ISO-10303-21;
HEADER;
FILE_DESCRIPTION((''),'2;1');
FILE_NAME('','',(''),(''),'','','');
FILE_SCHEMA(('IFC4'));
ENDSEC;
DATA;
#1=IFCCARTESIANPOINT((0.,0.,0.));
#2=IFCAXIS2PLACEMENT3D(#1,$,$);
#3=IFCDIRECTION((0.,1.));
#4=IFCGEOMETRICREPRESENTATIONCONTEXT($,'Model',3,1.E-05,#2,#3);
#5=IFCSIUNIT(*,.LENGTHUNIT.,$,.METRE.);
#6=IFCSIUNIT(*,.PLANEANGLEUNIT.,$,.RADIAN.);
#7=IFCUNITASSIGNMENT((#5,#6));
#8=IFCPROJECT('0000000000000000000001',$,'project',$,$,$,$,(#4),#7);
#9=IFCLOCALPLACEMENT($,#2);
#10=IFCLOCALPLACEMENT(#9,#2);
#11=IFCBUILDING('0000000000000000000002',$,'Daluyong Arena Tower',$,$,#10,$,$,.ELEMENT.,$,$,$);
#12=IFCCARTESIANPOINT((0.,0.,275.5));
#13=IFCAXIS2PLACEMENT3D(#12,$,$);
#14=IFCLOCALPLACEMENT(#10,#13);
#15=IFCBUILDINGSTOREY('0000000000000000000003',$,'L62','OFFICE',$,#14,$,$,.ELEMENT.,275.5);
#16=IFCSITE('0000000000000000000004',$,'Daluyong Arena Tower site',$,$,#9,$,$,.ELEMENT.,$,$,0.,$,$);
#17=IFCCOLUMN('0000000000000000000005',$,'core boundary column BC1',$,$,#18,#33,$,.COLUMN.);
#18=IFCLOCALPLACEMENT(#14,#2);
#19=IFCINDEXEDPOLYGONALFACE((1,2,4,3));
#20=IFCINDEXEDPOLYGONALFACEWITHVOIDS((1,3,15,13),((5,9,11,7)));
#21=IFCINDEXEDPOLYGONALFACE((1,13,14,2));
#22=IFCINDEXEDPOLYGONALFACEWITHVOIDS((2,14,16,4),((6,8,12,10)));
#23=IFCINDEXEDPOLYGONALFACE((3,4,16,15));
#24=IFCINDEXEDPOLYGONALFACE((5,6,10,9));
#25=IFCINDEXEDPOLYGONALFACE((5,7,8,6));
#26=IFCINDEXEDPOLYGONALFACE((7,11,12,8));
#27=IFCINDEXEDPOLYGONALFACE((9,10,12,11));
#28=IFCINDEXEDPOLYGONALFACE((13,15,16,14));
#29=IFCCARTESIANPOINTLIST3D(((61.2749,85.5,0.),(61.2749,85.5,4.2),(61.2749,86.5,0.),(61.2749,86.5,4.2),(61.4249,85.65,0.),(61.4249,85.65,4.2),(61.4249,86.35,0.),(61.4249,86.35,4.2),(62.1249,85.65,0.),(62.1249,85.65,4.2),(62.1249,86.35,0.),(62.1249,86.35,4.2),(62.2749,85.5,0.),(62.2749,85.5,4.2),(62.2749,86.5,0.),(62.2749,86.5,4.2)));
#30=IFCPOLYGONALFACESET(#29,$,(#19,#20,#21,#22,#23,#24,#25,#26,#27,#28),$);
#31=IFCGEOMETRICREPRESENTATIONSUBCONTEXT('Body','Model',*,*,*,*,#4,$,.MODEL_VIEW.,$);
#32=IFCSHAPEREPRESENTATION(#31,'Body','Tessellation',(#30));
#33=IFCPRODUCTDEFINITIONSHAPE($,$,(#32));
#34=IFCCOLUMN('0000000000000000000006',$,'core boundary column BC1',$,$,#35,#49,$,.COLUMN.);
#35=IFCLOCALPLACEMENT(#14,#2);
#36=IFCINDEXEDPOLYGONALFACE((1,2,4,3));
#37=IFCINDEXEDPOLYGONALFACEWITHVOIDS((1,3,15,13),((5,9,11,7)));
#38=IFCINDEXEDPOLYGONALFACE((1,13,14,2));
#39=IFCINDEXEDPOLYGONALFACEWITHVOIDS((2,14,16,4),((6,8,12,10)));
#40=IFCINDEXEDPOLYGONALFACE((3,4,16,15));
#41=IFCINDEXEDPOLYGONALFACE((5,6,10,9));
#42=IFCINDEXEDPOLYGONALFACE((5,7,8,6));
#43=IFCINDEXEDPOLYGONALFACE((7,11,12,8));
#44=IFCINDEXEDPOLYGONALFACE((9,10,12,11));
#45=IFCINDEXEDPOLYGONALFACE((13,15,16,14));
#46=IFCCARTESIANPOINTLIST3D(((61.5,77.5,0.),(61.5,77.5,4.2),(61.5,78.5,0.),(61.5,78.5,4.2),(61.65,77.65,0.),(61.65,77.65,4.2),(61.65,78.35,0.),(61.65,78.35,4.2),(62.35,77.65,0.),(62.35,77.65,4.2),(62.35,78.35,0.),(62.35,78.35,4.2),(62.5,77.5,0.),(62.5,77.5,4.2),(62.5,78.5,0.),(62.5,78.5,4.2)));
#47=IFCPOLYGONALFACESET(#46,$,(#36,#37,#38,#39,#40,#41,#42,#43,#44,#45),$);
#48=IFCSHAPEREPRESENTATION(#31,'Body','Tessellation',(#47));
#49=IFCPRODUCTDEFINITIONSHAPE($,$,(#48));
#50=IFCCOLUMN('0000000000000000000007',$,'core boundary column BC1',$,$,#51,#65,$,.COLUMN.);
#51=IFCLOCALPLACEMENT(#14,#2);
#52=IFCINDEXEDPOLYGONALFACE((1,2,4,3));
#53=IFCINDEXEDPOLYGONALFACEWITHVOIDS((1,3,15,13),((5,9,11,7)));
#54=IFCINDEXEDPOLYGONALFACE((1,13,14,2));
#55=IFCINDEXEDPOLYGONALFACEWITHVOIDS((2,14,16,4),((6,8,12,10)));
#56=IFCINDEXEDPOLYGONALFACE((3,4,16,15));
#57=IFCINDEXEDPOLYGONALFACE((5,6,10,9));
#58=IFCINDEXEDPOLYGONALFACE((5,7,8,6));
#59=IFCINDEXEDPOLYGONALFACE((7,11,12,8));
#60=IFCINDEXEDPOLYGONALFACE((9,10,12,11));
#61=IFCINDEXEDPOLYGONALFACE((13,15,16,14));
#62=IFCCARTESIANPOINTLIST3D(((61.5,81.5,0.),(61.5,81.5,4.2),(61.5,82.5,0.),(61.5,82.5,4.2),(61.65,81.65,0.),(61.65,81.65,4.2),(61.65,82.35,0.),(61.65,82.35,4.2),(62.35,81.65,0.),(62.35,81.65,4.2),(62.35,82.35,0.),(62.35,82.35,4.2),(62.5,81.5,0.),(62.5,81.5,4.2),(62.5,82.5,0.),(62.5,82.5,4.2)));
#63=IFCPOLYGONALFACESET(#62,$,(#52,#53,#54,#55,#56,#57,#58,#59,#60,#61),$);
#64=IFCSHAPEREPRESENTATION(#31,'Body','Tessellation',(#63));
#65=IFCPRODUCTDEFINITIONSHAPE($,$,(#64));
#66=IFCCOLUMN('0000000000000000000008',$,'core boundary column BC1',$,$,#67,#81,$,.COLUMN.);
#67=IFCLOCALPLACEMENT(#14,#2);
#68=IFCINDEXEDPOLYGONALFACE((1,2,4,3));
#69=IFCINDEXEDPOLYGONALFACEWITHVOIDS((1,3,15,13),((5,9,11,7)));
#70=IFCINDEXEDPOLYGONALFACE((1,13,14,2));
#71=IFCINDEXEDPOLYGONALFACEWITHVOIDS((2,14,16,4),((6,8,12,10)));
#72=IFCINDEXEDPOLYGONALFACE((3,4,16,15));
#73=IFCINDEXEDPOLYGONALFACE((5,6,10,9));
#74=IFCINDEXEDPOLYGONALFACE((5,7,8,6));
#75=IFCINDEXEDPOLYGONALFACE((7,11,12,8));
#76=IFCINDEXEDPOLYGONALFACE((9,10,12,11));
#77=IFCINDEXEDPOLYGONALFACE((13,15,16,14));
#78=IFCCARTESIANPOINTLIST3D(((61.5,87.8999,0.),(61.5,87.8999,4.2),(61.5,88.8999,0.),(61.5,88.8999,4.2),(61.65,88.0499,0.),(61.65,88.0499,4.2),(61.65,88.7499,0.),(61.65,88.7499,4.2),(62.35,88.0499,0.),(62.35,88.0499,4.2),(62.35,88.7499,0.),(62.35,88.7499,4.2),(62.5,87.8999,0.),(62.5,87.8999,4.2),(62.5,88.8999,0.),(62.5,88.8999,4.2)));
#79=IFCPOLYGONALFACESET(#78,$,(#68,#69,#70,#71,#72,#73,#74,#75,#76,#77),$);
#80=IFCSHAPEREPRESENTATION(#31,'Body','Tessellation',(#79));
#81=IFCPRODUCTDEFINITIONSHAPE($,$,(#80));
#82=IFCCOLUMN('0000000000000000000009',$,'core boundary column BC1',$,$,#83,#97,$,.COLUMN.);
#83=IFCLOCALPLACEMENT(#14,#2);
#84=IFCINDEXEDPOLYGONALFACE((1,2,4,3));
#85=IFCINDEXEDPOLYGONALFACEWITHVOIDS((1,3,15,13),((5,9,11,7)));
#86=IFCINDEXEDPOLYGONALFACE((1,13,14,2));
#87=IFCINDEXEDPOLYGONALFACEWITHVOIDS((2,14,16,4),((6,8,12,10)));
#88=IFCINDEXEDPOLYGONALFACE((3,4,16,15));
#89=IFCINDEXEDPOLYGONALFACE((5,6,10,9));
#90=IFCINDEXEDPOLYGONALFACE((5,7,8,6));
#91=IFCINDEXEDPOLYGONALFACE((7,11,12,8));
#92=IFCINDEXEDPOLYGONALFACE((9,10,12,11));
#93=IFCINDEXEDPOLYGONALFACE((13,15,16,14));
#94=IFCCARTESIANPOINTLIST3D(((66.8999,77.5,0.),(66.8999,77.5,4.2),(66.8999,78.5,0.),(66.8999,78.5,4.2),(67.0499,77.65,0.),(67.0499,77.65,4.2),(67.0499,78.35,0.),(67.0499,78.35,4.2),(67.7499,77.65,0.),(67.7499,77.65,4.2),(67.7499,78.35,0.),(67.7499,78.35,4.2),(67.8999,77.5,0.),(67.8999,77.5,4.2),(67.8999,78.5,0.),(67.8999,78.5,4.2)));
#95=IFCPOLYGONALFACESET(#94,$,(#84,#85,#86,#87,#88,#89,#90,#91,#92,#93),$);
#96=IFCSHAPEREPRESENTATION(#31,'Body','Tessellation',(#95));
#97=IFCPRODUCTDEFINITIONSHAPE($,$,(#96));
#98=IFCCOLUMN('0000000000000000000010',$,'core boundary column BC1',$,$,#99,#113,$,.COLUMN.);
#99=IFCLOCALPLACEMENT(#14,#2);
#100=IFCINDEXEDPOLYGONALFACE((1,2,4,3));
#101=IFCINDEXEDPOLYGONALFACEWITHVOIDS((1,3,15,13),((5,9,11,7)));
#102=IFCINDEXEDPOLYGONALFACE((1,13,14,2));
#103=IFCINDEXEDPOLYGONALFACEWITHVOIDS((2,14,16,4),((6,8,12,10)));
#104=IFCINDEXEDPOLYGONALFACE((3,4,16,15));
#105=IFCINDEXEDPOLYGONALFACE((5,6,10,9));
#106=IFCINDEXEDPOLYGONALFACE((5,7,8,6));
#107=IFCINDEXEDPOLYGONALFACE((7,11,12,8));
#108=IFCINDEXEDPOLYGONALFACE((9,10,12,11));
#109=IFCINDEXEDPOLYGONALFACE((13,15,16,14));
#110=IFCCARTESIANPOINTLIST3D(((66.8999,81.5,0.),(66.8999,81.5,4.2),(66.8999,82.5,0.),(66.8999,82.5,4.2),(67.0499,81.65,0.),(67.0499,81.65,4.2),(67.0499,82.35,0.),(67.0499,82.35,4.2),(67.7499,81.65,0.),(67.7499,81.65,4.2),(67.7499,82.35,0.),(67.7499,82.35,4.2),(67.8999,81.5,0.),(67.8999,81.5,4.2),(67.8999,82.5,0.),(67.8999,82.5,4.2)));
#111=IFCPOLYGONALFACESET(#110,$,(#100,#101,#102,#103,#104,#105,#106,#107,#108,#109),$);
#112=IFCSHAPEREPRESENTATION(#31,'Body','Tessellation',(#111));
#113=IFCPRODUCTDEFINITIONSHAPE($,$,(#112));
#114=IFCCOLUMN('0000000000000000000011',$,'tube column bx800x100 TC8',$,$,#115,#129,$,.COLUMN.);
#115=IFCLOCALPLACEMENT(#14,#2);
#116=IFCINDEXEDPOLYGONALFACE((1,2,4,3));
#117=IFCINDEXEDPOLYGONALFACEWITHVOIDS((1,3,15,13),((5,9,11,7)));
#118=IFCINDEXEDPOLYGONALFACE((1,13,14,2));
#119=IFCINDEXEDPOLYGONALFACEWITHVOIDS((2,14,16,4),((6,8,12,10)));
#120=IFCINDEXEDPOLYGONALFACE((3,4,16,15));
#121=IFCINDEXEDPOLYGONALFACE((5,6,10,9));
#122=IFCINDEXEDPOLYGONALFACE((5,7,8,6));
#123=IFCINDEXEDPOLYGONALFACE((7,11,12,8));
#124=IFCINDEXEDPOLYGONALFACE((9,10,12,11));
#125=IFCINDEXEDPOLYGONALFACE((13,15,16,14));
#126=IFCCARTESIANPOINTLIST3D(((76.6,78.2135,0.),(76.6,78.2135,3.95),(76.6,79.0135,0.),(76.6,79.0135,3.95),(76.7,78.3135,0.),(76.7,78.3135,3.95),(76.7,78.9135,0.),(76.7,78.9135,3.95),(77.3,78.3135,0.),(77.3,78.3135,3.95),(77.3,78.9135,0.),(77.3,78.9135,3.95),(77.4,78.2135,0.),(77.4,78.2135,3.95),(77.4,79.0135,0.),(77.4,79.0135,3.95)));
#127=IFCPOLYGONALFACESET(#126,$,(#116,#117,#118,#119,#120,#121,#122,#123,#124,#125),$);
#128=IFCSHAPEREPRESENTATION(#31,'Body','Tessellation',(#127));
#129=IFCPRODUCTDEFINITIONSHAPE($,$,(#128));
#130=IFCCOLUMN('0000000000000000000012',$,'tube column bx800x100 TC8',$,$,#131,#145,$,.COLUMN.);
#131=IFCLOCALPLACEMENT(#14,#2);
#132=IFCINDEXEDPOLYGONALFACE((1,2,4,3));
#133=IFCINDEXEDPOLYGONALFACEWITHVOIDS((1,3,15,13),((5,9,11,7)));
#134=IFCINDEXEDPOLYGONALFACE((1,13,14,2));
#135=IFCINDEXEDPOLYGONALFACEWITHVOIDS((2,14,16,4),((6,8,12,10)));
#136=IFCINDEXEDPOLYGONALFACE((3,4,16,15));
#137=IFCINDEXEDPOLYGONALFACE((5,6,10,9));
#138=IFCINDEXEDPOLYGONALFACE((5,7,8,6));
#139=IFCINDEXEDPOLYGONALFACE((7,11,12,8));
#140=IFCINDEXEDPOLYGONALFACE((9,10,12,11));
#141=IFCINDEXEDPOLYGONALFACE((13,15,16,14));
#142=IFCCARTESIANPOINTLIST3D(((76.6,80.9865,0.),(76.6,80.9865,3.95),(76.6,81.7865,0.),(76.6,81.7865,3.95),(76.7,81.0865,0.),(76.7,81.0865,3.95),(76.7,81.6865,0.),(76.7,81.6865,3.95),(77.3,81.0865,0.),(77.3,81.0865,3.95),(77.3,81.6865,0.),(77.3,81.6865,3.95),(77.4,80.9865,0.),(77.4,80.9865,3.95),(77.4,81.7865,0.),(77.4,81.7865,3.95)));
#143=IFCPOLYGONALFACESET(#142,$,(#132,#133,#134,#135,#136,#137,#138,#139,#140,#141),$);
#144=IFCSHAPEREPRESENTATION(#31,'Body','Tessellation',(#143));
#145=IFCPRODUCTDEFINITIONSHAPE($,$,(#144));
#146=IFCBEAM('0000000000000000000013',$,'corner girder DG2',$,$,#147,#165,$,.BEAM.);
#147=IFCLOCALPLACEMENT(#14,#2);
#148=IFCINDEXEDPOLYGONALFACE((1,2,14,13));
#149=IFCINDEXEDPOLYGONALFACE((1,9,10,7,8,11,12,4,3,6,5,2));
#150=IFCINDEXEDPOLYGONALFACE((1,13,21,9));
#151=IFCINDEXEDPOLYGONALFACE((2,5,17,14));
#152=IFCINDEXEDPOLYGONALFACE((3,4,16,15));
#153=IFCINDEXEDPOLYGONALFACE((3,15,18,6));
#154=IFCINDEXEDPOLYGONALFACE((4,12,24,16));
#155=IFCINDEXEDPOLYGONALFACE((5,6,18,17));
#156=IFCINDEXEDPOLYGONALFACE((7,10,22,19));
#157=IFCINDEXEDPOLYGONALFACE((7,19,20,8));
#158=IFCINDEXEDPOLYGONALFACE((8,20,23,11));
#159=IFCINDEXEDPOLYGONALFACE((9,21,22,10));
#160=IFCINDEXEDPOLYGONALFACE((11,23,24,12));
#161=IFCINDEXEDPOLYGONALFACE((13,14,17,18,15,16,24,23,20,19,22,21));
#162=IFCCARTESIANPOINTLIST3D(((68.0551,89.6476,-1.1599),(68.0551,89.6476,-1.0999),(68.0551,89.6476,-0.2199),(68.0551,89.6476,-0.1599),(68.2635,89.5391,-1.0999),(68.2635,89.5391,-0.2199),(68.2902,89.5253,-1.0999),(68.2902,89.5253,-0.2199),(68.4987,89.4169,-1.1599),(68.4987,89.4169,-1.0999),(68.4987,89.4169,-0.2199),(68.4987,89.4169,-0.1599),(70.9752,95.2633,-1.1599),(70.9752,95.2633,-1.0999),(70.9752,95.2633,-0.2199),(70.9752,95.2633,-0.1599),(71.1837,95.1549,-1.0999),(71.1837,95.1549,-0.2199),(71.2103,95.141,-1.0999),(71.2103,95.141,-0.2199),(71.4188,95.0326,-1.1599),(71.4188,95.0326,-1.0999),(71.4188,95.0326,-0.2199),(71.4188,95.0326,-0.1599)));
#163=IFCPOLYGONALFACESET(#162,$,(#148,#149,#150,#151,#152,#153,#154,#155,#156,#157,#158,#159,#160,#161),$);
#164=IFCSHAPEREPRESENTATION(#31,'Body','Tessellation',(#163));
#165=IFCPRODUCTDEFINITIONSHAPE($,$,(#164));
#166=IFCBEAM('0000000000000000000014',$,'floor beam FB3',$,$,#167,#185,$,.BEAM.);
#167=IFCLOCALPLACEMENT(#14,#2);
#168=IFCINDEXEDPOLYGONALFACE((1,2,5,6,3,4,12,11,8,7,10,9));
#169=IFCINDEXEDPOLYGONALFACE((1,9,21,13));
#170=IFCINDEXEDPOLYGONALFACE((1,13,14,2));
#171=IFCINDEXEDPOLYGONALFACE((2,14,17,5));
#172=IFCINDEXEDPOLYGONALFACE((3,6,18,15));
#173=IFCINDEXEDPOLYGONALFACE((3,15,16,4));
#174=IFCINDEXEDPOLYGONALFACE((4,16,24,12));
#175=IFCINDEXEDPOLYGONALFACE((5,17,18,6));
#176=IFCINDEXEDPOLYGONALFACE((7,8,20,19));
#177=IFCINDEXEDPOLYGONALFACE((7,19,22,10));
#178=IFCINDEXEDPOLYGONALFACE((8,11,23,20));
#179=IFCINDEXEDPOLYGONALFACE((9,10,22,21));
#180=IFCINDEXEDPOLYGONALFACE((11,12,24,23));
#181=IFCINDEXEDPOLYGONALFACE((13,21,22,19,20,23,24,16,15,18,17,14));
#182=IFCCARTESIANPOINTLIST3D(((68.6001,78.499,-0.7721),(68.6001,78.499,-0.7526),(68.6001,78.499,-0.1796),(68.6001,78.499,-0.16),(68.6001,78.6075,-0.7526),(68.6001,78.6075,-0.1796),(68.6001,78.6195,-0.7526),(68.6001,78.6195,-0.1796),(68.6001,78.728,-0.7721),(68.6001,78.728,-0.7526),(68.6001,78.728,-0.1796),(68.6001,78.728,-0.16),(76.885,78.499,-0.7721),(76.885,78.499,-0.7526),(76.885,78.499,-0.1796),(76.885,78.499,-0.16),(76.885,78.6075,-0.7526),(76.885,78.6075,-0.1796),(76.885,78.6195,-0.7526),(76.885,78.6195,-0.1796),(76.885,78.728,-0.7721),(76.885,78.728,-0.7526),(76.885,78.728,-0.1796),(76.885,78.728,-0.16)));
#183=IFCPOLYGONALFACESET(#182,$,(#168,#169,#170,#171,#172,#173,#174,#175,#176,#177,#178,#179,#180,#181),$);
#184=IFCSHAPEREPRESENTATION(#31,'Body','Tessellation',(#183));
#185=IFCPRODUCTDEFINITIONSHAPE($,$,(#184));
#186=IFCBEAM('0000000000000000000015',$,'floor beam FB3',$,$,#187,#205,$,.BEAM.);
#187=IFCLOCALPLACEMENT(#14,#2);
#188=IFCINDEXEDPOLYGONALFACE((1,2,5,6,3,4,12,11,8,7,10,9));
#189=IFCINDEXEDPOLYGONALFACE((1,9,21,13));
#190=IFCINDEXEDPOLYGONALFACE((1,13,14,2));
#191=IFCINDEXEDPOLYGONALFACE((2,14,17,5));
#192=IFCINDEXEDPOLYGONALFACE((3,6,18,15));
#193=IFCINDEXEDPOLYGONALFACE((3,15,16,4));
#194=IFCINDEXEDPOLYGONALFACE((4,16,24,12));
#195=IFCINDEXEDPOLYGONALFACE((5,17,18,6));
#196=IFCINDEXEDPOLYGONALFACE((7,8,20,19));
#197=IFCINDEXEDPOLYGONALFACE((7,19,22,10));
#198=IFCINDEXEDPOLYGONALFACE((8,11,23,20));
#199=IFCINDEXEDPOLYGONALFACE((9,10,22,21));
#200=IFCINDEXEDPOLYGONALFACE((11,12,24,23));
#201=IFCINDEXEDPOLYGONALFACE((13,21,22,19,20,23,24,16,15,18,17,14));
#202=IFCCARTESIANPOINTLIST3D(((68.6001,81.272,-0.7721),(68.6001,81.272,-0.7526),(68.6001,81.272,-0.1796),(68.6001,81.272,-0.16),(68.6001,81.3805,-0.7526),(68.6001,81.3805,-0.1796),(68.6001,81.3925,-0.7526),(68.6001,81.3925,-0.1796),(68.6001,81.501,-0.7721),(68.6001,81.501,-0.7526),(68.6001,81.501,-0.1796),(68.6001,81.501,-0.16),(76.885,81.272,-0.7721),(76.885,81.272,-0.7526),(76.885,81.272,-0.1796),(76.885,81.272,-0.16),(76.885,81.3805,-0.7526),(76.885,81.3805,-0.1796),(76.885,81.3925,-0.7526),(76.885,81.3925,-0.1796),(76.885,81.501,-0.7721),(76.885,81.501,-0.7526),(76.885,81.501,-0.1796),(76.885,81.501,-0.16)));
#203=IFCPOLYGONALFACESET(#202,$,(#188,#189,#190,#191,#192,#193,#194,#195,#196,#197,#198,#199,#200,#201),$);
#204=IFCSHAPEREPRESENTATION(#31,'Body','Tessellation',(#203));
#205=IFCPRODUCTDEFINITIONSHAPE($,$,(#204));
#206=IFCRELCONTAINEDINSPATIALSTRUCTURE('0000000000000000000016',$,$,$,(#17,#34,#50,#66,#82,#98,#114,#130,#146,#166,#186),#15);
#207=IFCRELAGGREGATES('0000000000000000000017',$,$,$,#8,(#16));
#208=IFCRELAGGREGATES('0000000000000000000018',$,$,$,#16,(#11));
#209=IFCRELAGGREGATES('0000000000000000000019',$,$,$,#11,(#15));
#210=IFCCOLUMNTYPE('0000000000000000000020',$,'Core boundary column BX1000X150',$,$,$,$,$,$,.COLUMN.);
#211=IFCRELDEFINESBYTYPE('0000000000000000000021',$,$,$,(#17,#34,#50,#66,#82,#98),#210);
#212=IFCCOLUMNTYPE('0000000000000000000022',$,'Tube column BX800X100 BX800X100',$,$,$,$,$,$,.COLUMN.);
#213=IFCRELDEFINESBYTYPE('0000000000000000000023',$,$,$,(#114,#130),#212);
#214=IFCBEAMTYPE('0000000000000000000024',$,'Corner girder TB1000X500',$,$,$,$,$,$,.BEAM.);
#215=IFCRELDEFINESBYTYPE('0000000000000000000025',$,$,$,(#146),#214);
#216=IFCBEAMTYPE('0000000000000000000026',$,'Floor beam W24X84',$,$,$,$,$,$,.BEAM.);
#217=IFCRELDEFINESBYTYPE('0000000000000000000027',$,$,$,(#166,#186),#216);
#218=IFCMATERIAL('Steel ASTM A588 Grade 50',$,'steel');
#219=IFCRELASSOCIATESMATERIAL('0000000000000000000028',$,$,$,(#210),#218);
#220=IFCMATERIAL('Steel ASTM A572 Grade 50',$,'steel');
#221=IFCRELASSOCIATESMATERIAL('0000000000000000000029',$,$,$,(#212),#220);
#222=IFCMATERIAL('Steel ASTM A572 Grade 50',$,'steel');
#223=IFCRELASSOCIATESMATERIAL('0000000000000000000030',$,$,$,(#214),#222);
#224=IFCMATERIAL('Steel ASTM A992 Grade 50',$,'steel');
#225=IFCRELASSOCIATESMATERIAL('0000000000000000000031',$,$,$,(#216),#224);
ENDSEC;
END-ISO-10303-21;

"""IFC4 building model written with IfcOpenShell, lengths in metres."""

from ifc_helpers import new_model, si_unit, direction, frame, origin, origin_2d, place, context, subcontext, project, spatial, hollow_rectangle, i_section, extrude, material, material_profile, profile_set, type_object, element, save


model = new_model("IFC4")

# Units and contexts
model_context = context("Model", 3, precision=1e-05, world=origin(), true_north=direction((0.0, 1.0)))
body_context = subcontext(model_context, "Body", "Model", "MODEL_VIEW")
ifc_project = project(units=[si_unit("LENGTHUNIT", "METRE"), si_unit("PLANEANGLEUNIT", "RADIAN")], contexts=[model_context])

# Site, building, storey
site_placement = place(None, origin())
site = spatial("IfcSite", under=ifc_project, at=site_placement, Name="Daluyong Arena Tower site", CompositionType="ELEMENT", RefElevation=0.0)
building_placement = place(site_placement, origin())
building = spatial("IfcBuilding", under=site, at=building_placement, Name="Daluyong Arena Tower", CompositionType="ELEMENT")
storey_placement = place(building_placement, frame((0.0, 0.0, 275.5)))
storey = spatial("IfcBuildingStorey", under=building, at=storey_placement, Name="L62", Description="OFFICE", CompositionType="ELEMENT", Elevation=275.5)

# Columns
ifc_material_1 = material(Name="Steel ASTM A588 Grade 50", Category="steel")
ifc_material_profile_1 = material_profile(ifc_material_1, hollow_rectangle(XDim=1.0, YDim=1.0, WallThickness=0.15, at=origin_2d()))
ifc_profile_set_1 = profile_set([ifc_material_profile_1], Name="Steel ASTM A588 Grade 50")
column_type_1 = type_object("IfcColumnType", Name="Core boundary column BX1000X150", PredefinedType="COLUMN", material=ifc_profile_set_1)
for number, where, z_axis, x_axis, name in (
    (1, (61.7749, 86.0, 0.0), (0.0, 0.0, 1.0), (1.0, 0.0, 0.0), "core boundary column BC1"),
    (2, (62.0, 78.0, 0.0), (0.0, 0.0, 1.0), (1.0, 0.0, 0.0), "core boundary column BC1"),
    (3, (62.0, 82.0, 0.0), (0.0, 0.0, 1.0), (1.0, 0.0, 0.0), "core boundary column BC1"),
    (4, (62.0, 88.3999, 0.0), (0.0, 0.0, 1.0), (1.0, 0.0, 0.0), "core boundary column BC1"),
    (5, (67.3999, 78.0, 0.0), (0.0, 0.0, 1.0), (1.0, 0.0, 0.0), "core boundary column BC1"),
    (6, (67.3999, 82.0, 0.0), (0.0, 0.0, 1.0), (1.0, 0.0, 0.0), "core boundary column BC1"),
):
    element("IfcColumn", number, at=place(storey_placement, frame(where, z_axis=z_axis, x_axis=x_axis)), inside=storey, type_object=column_type_1, Name=name, PredefinedType="COLUMN", context=body_context, shape_type="SweptSolid", body=[
        extrude(hollow_rectangle(XDim=1.0, YDim=1.0, WallThickness=0.15, at=origin_2d()), origin(), (0.0, 0.0, 1.0), 4.2),
    ])
ifc_material_2 = material(Name="Steel ASTM A572 Grade 50", Category="steel")
ifc_material_profile_2 = material_profile(ifc_material_2, hollow_rectangle(XDim=0.8, YDim=0.8, WallThickness=0.1, at=origin_2d()))
ifc_profile_set_2 = profile_set([ifc_material_profile_2], Name="Steel ASTM A572 Grade 50")
column_type_2 = type_object("IfcColumnType", Name="Tube column BX800X100 BX800X100", PredefinedType="COLUMN", material=ifc_profile_set_2)
for number, where, z_axis, x_axis, name in (
    (7, (77.0, 78.6135, 0.0), (0.0, 0.0, 1.0), (0.0, 1.0, 0.0), "tube column bx800x100 TC8"),
    (8, (77.0, 81.3865, 0.0), (0.0, 0.0, 1.0), (0.0, 1.0, 0.0), "tube column bx800x100 TC8"),
):
    element("IfcColumn", number, at=place(storey_placement, frame(where, z_axis=z_axis, x_axis=x_axis)), inside=storey, type_object=column_type_2, Name=name, PredefinedType="COLUMN", context=body_context, shape_type="SweptSolid", body=[
        extrude(hollow_rectangle(XDim=0.8, YDim=0.8, WallThickness=0.1, at=origin_2d()), origin(), (0.0, 0.0, 1.0), 3.95),
    ])

# Beams
ifc_material_3 = material(Name="Steel ASTM A572 Grade 50", Category="steel")
ifc_material_profile_3 = material_profile(ifc_material_3, i_section(OverallWidth=0.5, OverallDepth=1.0, WebThickness=0.03, FlangeThickness=0.06, at=origin_2d()))
ifc_profile_set_3 = profile_set([ifc_material_profile_3], Name="Steel ASTM A572 Grade 50")
beam_type_1 = type_object("IfcBeamType", Name="Corner girder TB1000X500", PredefinedType="BEAM", material=ifc_profile_set_3)
beam_1_placement = place(storey_placement, frame((71.197, 95.1479, -0.6599), z_axis=(-0.461352, -0.887217, 0.0), x_axis=(0.887217, -0.461352, 0.0)))
element("IfcBeam", 9, at=beam_1_placement, inside=storey, type_object=beam_type_1, Name="corner girder DG2", PredefinedType="BEAM", context=body_context, shape_type="SweptSolid", body=[
    extrude(i_section(OverallWidth=0.5, OverallDepth=1.0, WebThickness=0.03, FlangeThickness=0.06, at=origin_2d()), origin(), (0.0, 0.0, 1.0), 6.3296),
])
ifc_material_4 = material(Name="Steel ASTM A992 Grade 50", Category="steel")
ifc_material_profile_4 = material_profile(ifc_material_4, i_section(OverallWidth=0.229, OverallDepth=0.6121, WebThickness=0.012, FlangeThickness=0.0195, at=origin_2d()))
ifc_profile_set_4 = profile_set([ifc_material_profile_4], Name="Steel ASTM A992 Grade 50")
beam_type_2 = type_object("IfcBeamType", Name="Floor beam W24X84", PredefinedType="BEAM", material=ifc_profile_set_4)
for number, where, z_axis, x_axis, name in (
    (10, (76.885, 78.6135, -0.4661), (-1.0, 0.0, 0.0), (0.0, -1.0, 0.0), "floor beam FB3"),
    (11, (76.885, 81.3865, -0.4661), (-1.0, 0.0, 0.0), (0.0, -1.0, 0.0), "floor beam FB3"),
):
    element("IfcBeam", number, at=place(storey_placement, frame(where, z_axis=z_axis, x_axis=x_axis)), inside=storey, type_object=beam_type_2, Name=name, PredefinedType="BEAM", context=body_context, shape_type="SweptSolid", body=[
        extrude(i_section(OverallWidth=0.229, OverallDepth=0.6121, WebThickness=0.012, FlangeThickness=0.0195, at=origin_2d()), origin(), (0.0, 0.0, 1.0), 8.2849),
    ])

save(model, "model.ifc")
